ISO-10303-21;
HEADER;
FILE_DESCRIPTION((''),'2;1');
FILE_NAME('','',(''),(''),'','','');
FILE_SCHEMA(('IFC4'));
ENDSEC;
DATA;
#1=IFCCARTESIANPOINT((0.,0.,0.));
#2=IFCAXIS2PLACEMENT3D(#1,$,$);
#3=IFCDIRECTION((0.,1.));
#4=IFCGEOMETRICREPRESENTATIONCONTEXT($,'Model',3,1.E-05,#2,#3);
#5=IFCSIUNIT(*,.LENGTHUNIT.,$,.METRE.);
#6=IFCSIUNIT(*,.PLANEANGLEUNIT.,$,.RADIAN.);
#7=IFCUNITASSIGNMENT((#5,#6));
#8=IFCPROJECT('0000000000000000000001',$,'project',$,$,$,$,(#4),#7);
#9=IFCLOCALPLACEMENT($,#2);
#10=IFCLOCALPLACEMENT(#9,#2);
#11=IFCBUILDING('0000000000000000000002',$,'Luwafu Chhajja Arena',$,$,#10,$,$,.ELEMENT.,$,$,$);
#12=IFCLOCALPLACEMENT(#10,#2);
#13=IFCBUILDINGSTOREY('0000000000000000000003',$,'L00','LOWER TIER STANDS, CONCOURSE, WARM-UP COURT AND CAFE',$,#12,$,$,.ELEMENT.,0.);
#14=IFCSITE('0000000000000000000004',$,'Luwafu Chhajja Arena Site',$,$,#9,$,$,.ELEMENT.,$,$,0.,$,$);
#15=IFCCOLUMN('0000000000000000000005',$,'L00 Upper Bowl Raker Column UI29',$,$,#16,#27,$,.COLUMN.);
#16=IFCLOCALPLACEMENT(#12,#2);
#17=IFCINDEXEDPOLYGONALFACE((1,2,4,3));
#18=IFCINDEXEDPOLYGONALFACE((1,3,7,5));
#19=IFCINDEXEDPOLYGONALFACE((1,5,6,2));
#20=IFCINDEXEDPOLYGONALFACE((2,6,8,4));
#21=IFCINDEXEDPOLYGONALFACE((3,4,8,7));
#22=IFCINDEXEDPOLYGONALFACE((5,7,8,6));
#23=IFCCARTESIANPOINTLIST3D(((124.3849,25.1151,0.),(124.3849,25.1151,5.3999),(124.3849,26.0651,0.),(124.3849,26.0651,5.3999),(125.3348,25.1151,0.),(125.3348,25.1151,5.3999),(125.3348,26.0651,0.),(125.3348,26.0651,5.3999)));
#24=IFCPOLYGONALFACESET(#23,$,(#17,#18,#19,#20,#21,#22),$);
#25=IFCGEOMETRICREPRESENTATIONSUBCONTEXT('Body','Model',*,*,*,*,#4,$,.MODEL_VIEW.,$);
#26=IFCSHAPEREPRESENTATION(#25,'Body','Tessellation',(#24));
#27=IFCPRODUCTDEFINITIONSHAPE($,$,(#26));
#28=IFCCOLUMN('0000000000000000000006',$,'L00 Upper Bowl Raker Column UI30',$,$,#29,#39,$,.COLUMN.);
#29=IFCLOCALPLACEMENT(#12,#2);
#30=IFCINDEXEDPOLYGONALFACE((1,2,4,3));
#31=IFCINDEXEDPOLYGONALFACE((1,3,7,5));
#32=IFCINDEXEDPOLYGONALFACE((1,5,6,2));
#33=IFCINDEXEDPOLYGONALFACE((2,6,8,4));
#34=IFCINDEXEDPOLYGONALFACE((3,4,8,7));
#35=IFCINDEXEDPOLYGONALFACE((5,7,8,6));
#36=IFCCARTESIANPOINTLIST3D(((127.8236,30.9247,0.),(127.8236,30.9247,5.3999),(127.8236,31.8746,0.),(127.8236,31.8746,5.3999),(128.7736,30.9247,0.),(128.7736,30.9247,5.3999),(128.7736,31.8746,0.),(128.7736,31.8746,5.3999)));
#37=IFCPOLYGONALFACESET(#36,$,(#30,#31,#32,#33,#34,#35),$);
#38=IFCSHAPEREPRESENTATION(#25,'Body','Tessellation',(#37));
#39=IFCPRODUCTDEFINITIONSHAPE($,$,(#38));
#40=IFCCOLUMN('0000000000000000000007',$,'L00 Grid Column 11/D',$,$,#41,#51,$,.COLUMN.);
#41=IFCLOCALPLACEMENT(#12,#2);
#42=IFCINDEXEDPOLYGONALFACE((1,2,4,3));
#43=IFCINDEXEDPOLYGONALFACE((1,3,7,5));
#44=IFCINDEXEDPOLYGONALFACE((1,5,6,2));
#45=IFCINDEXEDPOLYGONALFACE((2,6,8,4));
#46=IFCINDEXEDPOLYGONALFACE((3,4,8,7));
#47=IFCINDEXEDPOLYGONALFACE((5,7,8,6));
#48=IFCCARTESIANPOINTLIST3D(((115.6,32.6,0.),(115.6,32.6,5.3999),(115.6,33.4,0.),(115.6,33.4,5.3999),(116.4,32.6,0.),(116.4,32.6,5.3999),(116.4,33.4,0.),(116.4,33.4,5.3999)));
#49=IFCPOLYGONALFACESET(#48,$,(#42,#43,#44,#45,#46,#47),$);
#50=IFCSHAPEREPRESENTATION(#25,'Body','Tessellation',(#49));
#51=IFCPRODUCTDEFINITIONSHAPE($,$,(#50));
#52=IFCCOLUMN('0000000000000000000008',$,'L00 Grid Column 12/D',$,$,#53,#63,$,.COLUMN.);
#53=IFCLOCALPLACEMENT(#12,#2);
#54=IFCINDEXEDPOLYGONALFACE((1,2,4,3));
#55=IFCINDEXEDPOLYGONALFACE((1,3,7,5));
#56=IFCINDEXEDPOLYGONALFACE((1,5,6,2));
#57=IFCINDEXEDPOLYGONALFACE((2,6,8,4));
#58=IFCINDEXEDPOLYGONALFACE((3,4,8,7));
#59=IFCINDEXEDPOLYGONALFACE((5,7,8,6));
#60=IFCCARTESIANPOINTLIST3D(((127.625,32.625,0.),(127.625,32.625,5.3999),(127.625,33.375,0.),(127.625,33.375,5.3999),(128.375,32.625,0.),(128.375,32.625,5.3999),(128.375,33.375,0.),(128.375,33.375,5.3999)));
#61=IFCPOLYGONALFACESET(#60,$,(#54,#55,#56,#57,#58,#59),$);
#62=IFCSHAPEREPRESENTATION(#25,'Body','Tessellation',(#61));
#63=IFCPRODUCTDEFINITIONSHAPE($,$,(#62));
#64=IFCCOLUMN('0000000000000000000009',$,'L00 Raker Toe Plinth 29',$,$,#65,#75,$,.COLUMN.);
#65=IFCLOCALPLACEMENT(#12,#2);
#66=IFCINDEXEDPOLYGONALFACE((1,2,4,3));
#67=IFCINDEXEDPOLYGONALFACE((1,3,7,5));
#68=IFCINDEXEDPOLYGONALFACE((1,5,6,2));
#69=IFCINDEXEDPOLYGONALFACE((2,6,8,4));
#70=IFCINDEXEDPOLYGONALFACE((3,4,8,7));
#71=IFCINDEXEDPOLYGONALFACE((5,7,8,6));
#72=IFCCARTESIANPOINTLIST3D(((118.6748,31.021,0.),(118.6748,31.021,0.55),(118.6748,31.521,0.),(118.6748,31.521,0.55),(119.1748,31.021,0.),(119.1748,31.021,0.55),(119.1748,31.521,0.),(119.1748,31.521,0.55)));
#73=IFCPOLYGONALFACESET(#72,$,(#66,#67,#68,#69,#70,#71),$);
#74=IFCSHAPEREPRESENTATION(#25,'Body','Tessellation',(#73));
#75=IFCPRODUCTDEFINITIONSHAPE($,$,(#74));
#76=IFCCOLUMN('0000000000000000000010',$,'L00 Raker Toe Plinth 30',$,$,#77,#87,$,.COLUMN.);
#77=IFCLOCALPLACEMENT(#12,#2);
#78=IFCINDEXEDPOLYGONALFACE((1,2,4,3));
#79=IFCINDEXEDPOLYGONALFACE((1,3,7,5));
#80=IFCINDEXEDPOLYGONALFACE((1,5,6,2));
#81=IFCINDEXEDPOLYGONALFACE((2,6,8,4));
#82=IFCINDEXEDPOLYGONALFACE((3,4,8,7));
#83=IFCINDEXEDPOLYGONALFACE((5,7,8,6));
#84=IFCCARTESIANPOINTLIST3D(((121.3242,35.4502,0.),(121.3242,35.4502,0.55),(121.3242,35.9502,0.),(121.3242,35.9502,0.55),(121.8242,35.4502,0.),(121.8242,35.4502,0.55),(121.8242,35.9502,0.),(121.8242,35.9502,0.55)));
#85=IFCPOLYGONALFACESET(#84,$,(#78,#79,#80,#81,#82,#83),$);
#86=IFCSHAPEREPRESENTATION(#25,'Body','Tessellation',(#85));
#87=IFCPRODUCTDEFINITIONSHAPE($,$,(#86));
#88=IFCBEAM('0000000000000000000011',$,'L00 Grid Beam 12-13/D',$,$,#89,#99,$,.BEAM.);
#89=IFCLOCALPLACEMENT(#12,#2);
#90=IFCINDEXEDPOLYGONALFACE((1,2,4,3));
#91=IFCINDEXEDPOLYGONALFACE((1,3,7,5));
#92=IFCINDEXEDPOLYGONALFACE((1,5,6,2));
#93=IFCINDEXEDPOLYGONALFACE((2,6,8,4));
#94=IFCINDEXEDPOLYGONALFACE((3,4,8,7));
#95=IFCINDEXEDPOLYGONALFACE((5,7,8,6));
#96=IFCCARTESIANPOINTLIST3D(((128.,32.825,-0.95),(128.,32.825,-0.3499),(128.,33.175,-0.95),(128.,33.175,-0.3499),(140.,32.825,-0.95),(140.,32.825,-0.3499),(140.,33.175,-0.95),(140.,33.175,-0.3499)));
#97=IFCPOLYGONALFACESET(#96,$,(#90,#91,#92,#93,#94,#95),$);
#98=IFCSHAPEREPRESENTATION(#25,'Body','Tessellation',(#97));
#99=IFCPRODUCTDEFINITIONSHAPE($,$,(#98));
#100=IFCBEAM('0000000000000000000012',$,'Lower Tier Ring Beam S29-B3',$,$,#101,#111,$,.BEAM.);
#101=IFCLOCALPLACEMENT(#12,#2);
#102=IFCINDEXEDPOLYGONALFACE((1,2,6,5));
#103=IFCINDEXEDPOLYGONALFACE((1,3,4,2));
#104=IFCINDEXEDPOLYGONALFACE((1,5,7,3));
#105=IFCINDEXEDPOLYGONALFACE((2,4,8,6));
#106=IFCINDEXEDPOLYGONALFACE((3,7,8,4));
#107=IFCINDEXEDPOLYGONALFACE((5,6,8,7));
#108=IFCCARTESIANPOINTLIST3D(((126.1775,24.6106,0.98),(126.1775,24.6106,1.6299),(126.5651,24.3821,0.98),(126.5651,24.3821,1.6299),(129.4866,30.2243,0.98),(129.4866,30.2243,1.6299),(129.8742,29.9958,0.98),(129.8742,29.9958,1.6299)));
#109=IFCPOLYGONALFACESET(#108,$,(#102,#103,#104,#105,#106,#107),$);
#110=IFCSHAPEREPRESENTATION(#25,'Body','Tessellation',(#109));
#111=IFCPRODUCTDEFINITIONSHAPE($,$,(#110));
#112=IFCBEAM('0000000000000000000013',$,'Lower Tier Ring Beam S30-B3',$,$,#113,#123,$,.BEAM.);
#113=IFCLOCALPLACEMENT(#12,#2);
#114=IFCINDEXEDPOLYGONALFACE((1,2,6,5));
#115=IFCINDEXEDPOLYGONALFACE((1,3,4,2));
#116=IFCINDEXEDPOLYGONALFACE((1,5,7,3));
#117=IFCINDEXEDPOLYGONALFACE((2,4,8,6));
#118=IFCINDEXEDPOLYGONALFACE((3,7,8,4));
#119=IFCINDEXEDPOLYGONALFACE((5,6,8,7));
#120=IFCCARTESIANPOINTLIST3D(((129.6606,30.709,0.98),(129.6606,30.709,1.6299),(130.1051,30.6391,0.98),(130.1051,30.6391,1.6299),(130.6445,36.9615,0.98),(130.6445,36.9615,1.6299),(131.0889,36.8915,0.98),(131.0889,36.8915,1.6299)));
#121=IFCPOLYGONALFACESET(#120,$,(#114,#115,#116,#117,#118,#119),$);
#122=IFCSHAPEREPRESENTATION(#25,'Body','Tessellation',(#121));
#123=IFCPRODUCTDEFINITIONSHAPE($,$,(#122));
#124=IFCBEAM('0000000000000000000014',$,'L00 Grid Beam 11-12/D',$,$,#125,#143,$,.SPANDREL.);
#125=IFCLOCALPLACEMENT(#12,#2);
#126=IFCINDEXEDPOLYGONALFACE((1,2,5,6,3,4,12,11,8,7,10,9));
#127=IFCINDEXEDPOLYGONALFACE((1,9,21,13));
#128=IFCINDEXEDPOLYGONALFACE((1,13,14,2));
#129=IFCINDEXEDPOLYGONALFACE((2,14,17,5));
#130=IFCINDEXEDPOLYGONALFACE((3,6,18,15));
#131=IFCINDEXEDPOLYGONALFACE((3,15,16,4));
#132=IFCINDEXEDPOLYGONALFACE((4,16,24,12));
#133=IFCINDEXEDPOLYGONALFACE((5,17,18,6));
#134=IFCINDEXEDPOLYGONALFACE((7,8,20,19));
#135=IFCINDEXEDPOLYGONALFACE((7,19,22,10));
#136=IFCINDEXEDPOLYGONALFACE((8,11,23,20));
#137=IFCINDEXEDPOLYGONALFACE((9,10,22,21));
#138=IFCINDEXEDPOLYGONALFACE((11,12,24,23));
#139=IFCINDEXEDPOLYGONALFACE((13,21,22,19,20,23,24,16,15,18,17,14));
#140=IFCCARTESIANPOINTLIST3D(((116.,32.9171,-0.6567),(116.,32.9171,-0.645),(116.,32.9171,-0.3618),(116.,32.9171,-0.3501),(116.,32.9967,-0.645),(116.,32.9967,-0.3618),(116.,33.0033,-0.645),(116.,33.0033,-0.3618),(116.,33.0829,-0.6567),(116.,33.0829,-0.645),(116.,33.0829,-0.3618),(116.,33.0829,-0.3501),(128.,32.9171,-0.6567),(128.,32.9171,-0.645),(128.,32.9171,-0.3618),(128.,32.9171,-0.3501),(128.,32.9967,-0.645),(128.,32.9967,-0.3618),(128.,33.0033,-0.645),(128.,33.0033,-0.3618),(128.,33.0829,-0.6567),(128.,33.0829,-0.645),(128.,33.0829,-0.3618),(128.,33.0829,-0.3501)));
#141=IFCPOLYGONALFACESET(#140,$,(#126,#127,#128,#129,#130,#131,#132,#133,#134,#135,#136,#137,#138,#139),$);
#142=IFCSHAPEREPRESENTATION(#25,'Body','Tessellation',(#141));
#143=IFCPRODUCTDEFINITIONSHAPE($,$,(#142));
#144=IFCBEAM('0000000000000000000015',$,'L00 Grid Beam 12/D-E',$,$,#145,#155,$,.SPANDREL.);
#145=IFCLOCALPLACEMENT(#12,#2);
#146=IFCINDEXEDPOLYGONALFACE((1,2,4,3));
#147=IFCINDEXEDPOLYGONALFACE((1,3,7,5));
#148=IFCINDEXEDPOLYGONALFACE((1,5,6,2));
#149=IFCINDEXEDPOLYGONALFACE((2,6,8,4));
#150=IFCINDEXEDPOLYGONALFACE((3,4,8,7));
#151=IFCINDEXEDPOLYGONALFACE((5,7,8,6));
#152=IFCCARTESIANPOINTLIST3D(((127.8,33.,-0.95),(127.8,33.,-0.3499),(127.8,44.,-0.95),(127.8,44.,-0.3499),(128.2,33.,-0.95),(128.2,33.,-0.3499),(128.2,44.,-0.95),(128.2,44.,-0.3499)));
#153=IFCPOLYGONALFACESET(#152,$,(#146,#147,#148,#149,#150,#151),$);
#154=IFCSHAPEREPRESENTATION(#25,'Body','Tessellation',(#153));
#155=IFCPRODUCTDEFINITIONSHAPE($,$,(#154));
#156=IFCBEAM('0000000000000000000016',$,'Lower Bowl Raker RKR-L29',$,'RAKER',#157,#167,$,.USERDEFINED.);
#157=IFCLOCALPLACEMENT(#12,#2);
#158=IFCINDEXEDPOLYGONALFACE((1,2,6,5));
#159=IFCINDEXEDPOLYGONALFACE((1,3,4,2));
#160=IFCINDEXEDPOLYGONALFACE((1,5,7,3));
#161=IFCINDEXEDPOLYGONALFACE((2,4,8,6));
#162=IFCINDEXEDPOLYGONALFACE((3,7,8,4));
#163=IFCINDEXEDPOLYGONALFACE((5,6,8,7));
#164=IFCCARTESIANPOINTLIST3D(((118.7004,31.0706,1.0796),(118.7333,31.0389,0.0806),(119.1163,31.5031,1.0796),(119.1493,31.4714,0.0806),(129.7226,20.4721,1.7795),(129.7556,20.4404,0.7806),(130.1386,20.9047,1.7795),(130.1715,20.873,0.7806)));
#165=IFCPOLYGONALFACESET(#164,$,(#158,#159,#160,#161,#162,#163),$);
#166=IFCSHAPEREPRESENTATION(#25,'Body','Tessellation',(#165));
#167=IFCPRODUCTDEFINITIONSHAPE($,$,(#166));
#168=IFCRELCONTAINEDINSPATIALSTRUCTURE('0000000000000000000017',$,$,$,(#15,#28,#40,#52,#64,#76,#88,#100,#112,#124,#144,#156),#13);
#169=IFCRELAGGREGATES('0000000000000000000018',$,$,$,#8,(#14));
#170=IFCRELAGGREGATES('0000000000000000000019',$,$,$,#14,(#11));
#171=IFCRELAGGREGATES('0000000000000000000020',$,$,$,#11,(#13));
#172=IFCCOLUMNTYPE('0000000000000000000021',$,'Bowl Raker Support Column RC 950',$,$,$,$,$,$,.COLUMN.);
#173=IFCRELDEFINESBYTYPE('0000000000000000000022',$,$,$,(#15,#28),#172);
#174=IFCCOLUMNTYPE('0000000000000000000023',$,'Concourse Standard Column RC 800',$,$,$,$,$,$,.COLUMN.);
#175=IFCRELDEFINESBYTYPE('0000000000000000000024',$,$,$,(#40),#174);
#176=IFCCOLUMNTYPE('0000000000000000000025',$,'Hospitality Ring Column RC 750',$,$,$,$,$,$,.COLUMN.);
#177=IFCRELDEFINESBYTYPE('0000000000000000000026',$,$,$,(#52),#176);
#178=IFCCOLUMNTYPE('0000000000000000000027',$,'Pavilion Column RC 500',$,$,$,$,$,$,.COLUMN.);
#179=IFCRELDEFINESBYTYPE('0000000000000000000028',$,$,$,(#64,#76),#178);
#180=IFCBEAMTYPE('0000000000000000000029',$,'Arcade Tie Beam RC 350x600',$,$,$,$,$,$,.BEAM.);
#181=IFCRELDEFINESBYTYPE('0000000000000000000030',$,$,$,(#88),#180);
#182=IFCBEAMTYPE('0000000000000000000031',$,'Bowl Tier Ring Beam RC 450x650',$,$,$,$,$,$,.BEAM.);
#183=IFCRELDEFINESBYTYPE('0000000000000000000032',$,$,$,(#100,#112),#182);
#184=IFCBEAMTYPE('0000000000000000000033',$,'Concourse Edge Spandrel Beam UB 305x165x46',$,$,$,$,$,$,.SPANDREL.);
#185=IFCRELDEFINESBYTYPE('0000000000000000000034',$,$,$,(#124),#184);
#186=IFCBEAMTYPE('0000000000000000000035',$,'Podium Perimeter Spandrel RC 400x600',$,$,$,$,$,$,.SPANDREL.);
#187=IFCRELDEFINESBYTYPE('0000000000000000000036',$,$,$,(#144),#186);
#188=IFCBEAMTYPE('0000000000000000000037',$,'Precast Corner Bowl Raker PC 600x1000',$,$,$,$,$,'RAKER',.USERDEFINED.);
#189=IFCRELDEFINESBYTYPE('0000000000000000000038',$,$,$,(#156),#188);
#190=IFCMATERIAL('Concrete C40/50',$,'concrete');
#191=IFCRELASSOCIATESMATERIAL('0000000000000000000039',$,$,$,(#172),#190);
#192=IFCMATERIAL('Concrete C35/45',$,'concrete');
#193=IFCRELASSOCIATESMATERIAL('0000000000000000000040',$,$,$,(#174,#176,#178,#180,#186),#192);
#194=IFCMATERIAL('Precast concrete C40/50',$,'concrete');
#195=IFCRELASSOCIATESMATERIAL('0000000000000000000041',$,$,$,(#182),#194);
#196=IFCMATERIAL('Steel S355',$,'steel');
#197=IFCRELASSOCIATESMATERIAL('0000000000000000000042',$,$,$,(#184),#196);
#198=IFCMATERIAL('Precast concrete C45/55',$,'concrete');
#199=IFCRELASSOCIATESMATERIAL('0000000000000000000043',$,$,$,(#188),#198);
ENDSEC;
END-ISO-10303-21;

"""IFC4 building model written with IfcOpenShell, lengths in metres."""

from ifc_helpers import new_model, si_unit, direction, frame, origin, origin_2d, place, context, subcontext, project, spatial, rectangle, i_section, extrude, material, material_profile, profile_set, type_object, element, save


model = new_model("IFC4")

# Units and contexts
model_context = context("Model", 3, precision=1e-05, world=origin(), true_north=direction((0.0, 1.0)))
body_context = subcontext(model_context, "Body", "Model", "MODEL_VIEW")
ifc_project = project(units=[si_unit("LENGTHUNIT", "METRE"), si_unit("PLANEANGLEUNIT", "RADIAN")], contexts=[model_context])

# Site, building, storey
site_placement = place(None, origin())
site = spatial("IfcSite", under=ifc_project, at=site_placement, Name="Luwafu Chhajja Arena Site", CompositionType="ELEMENT", RefElevation=0.0)
building_placement = place(site_placement, origin())
building = spatial("IfcBuilding", under=site, at=building_placement, Name="Luwafu Chhajja Arena", CompositionType="ELEMENT")
storey_placement = place(building_placement, origin())
storey = spatial("IfcBuildingStorey", under=building, at=storey_placement, Name="L00", Description="LOWER TIER STANDS, CONCOURSE, WARM-UP COURT AND CAFE", CompositionType="ELEMENT", Elevation=0.0)

# Columns
ifc_material_1 = material(Name="Concrete C40/50", Category="concrete")
ifc_material_profile_1 = material_profile(ifc_material_1, rectangle(XDim=0.95, YDim=0.95, at=origin_2d()), Name="RC 950x950")
ifc_profile_set_1 = profile_set([ifc_material_profile_1], Name="Concrete C40/50")
column_type_1 = type_object("IfcColumnType", Name="Bowl Raker Support Column RC 950", PredefinedType="COLUMN", material=ifc_profile_set_1)
for number, where, z_axis, x_axis, name in (
    (1, (124.8599, 25.5901, 0.0), (0.0, 0.0, 1.0), (1.0, 0.0, 0.0), "L00 Upper Bowl Raker Column UI29"),
    (2, (128.2986, 31.3997, 0.0), (0.0, 0.0, 1.0), (1.0, 0.0, 0.0), "L00 Upper Bowl Raker Column UI30"),
):
    element("IfcColumn", number, at=place(storey_placement, frame(where, z_axis=z_axis, x_axis=x_axis)), inside=storey, type_object=column_type_1, Name=name, PredefinedType="COLUMN", context=body_context, shape_type="SweptSolid", body=[
        extrude(rectangle(XDim=0.95, YDim=0.95, at=origin_2d()), origin(), (0.0, 0.0, 1.0), 5.3999),
    ])
ifc_material_2 = material(Name="Concrete C35/45", Category="concrete")
ifc_material_profile_2 = material_profile(ifc_material_2, rectangle(XDim=0.8, YDim=0.8, at=origin_2d()), Name="RC 800x800")
ifc_profile_set_2 = profile_set([ifc_material_profile_2], Name="Concrete C35/45")
column_type_2 = type_object("IfcColumnType", Name="Concourse Standard Column RC 800", PredefinedType="COLUMN", material=ifc_profile_set_2)
column_1_placement = place(storey_placement, frame((116.0, 33.0, 0.0), z_axis=(0.0, 0.0, 1.0), x_axis=(1.0, 0.0, 0.0)))
element("IfcColumn", 3, at=column_1_placement, inside=storey, type_object=column_type_2, Name="L00 Grid Column 11/D", PredefinedType="COLUMN", context=body_context, shape_type="SweptSolid", body=[
    extrude(rectangle(XDim=0.8, YDim=0.8, at=origin_2d()), origin(), (0.0, 0.0, 1.0), 5.3999),
])
ifc_material_profile_3 = material_profile(ifc_material_2, rectangle(XDim=0.75, YDim=0.75, at=origin_2d()), Name="RC 750x750")
ifc_profile_set_3 = profile_set([ifc_material_profile_3], Name="Concrete C35/45")
column_type_3 = type_object("IfcColumnType", Name="Hospitality Ring Column RC 750", PredefinedType="COLUMN", material=ifc_profile_set_3)
column_2_placement = place(storey_placement, frame((128.0, 33.0, 0.0), z_axis=(0.0, 0.0, 1.0), x_axis=(1.0, 0.0, 0.0)))
element("IfcColumn", 4, at=column_2_placement, inside=storey, type_object=column_type_3, Name="L00 Grid Column 12/D", PredefinedType="COLUMN", context=body_context, shape_type="SweptSolid", body=[
    extrude(rectangle(XDim=0.75, YDim=0.75, at=origin_2d()), origin(), (0.0, 0.0, 1.0), 5.3999),
])
ifc_material_profile_4 = material_profile(ifc_material_2, rectangle(XDim=0.5, YDim=0.5, at=origin_2d()), Name="RC 500x500")
ifc_profile_set_4 = profile_set([ifc_material_profile_4], Name="Concrete C35/45")
column_type_4 = type_object("IfcColumnType", Name="Pavilion Column RC 500", PredefinedType="COLUMN", material=ifc_profile_set_4)
for number, where, z_axis, x_axis, name in (
    (5, (118.9248, 31.271, 0.0), (0.0, 0.0, 1.0), (1.0, 0.0, 0.0), "L00 Raker Toe Plinth 29"),
    (6, (121.5742, 35.7002, 0.0), (0.0, 0.0, 1.0), (1.0, 0.0, 0.0), "L00 Raker Toe Plinth 30"),
):
    element("IfcColumn", number, at=place(storey_placement, frame(where, z_axis=z_axis, x_axis=x_axis)), inside=storey, type_object=column_type_4, Name=name, PredefinedType="COLUMN", context=body_context, shape_type="SweptSolid", body=[
        extrude(rectangle(XDim=0.5, YDim=0.5, at=origin_2d()), origin(), (0.0, 0.0, 1.0), 0.55),
    ])

# Beams
ifc_material_profile_5 = material_profile(ifc_material_2, rectangle(XDim=0.3501, YDim=0.6001, at=origin_2d()), Name="RC 350x600")
ifc_profile_set_5 = profile_set([ifc_material_profile_5], Name="Concrete C35/45")
beam_type_1 = type_object("IfcBeamType", Name="Arcade Tie Beam RC 350x600", PredefinedType="BEAM", material=ifc_profile_set_5)
beam_1_placement = place(storey_placement, frame((128.0, 33.0, -0.6499), z_axis=(1.0, 0.0, 0.0), x_axis=(0.0, 1.0, 0.0)))
element("IfcBeam", 7, at=beam_1_placement, inside=storey, type_object=beam_type_1, Name="L00 Grid Beam 12-13/D", PredefinedType="BEAM", context=body_context, shape_type="SweptSolid", body=[
    extrude(rectangle(XDim=0.3501, YDim=0.6001, at=origin_2d()), origin(), (0.0, 0.0, 1.0), 12.0),
])
ifc_material_3 = material(Name="Precast concrete C40/50", Category="concrete")
ifc_material_profile_6 = material_profile(ifc_material_3, rectangle(XDim=0.45, YDim=0.6499, at=origin_2d()), Name="RC 450x650")
ifc_profile_set_6 = profile_set([ifc_material_profile_6], Name="Precast concrete C40/50")
beam_type_2 = type_object("IfcBeamType", Name="Bowl Tier Ring Beam RC 450x650", PredefinedType="BEAM", material=ifc_profile_set_6)
beam_2_placement = place(storey_placement, frame((126.3713, 24.4963, 1.3049), z_axis=(0.507803, 0.861473, 0.0), x_axis=(-0.861473, 0.507803, 0.0)))
element("IfcBeam", 8, at=beam_2_placement, inside=storey, type_object=beam_type_2, Name="Lower Tier Ring Beam S29-B3", PredefinedType="BEAM", context=body_context, shape_type="SweptSolid", body=[
    extrude(rectangle(XDim=0.45, YDim=0.6499, at=origin_2d()), origin(), (0.0, 0.0, 1.0), 6.5164),
])
beam_3_placement = place(storey_placement, frame((129.8828, 30.6741, 1.3049), z_axis=(0.155448, 0.987844, 0.0), x_axis=(-0.987844, 0.155448, 0.0)))
element("IfcBeam", 9, at=beam_3_placement, inside=storey, type_object=beam_type_2, Name="Lower Tier Ring Beam S30-B3", PredefinedType="BEAM", context=body_context, shape_type="SweptSolid", body=[
    extrude(rectangle(XDim=0.45, YDim=0.6499, at=origin_2d()), origin(), (0.0, 0.0, 1.0), 6.3293),
])
ifc_material_4 = material(Name="Steel S355", Category="steel")
ifc_material_profile_7 = material_profile(ifc_material_4, i_section(OverallWidth=0.1658, OverallDepth=0.3066, WebThickness=0.0066, FlangeThickness=0.0117, at=origin_2d()), Name="UB 305x165x46")
ifc_profile_set_7 = profile_set([ifc_material_profile_7], Name="Steel S355")
beam_type_3 = type_object("IfcBeamType", Name="Concourse Edge Spandrel Beam UB 305x165x46", PredefinedType="SPANDREL", material=ifc_profile_set_7)
beam_4_placement = place(storey_placement, frame((116.0, 33.0, -0.5034), z_axis=(1.0, 0.0, 0.0), x_axis=(0.0, 1.0, 0.0)))
element("IfcBeam", 10, at=beam_4_placement, inside=storey, type_object=beam_type_3, Name="L00 Grid Beam 11-12/D", PredefinedType="SPANDREL", context=body_context, shape_type="SweptSolid", body=[
    extrude(i_section(OverallWidth=0.1658, OverallDepth=0.3066, WebThickness=0.0066, FlangeThickness=0.0117, at=origin_2d()), origin(), (0.0, 0.0, 1.0), 12.0),
])
ifc_material_profile_8 = material_profile(ifc_material_2, rectangle(XDim=0.3999, YDim=0.6001, at=origin_2d()), Name="RC 400x600")
ifc_profile_set_8 = profile_set([ifc_material_profile_8], Name="Concrete C35/45")
beam_type_4 = type_object("IfcBeamType", Name="Podium Perimeter Spandrel RC 400x600", PredefinedType="SPANDREL", material=ifc_profile_set_8)
beam_5_placement = place(storey_placement, frame((128.0, 33.0, -0.6499), z_axis=(0.0, 1.0, 0.0), x_axis=(-1.0, 0.0, 0.0)))
element("IfcBeam", 11, at=beam_5_placement, inside=storey, type_object=beam_type_4, Name="L00 Grid Beam 12/D-E", PredefinedType="SPANDREL", context=body_context, shape_type="SweptSolid", body=[
    extrude(rectangle(XDim=0.3999, YDim=0.6001, at=origin_2d()), origin(), (0.0, 0.0, 1.0), 11.0),
])
ifc_material_5 = material(Name="Precast concrete C45/55", Category="concrete")
ifc_material_profile_9 = material_profile(ifc_material_5, rectangle(XDim=0.6001, YDim=1.0, at=origin_2d()), Name="PC 600x1000")
ifc_profile_set_9 = profile_set([ifc_material_profile_9], Name="Precast concrete C45/55")
beam_type_5 = type_object("IfcBeamType", Name="Precast Corner Bowl Raker PC 600x1000", ElementType="RAKER", PredefinedType="USERDEFINED", material=ifc_profile_set_9)
beam_6_placement = place(storey_placement, frame((118.9248, 31.271, 0.5801), z_axis=(0.720076, -0.692387, 0.045727), x_axis=(0.693112, 0.72083, 0.0)))
element("IfcBeam", 12, at=beam_6_placement, inside=storey, type_object=beam_type_5, Name="Lower Bowl Raker RKR-L29", ObjectType="RAKER", PredefinedType="USERDEFINED", context=body_context, shape_type="SweptSolid", body=[
    extrude(rectangle(XDim=0.6001, YDim=1.0, at=origin_2d()), origin(), (0.0, 0.0, 1.0), 15.3071),
])

save(model, "model.ifc")
